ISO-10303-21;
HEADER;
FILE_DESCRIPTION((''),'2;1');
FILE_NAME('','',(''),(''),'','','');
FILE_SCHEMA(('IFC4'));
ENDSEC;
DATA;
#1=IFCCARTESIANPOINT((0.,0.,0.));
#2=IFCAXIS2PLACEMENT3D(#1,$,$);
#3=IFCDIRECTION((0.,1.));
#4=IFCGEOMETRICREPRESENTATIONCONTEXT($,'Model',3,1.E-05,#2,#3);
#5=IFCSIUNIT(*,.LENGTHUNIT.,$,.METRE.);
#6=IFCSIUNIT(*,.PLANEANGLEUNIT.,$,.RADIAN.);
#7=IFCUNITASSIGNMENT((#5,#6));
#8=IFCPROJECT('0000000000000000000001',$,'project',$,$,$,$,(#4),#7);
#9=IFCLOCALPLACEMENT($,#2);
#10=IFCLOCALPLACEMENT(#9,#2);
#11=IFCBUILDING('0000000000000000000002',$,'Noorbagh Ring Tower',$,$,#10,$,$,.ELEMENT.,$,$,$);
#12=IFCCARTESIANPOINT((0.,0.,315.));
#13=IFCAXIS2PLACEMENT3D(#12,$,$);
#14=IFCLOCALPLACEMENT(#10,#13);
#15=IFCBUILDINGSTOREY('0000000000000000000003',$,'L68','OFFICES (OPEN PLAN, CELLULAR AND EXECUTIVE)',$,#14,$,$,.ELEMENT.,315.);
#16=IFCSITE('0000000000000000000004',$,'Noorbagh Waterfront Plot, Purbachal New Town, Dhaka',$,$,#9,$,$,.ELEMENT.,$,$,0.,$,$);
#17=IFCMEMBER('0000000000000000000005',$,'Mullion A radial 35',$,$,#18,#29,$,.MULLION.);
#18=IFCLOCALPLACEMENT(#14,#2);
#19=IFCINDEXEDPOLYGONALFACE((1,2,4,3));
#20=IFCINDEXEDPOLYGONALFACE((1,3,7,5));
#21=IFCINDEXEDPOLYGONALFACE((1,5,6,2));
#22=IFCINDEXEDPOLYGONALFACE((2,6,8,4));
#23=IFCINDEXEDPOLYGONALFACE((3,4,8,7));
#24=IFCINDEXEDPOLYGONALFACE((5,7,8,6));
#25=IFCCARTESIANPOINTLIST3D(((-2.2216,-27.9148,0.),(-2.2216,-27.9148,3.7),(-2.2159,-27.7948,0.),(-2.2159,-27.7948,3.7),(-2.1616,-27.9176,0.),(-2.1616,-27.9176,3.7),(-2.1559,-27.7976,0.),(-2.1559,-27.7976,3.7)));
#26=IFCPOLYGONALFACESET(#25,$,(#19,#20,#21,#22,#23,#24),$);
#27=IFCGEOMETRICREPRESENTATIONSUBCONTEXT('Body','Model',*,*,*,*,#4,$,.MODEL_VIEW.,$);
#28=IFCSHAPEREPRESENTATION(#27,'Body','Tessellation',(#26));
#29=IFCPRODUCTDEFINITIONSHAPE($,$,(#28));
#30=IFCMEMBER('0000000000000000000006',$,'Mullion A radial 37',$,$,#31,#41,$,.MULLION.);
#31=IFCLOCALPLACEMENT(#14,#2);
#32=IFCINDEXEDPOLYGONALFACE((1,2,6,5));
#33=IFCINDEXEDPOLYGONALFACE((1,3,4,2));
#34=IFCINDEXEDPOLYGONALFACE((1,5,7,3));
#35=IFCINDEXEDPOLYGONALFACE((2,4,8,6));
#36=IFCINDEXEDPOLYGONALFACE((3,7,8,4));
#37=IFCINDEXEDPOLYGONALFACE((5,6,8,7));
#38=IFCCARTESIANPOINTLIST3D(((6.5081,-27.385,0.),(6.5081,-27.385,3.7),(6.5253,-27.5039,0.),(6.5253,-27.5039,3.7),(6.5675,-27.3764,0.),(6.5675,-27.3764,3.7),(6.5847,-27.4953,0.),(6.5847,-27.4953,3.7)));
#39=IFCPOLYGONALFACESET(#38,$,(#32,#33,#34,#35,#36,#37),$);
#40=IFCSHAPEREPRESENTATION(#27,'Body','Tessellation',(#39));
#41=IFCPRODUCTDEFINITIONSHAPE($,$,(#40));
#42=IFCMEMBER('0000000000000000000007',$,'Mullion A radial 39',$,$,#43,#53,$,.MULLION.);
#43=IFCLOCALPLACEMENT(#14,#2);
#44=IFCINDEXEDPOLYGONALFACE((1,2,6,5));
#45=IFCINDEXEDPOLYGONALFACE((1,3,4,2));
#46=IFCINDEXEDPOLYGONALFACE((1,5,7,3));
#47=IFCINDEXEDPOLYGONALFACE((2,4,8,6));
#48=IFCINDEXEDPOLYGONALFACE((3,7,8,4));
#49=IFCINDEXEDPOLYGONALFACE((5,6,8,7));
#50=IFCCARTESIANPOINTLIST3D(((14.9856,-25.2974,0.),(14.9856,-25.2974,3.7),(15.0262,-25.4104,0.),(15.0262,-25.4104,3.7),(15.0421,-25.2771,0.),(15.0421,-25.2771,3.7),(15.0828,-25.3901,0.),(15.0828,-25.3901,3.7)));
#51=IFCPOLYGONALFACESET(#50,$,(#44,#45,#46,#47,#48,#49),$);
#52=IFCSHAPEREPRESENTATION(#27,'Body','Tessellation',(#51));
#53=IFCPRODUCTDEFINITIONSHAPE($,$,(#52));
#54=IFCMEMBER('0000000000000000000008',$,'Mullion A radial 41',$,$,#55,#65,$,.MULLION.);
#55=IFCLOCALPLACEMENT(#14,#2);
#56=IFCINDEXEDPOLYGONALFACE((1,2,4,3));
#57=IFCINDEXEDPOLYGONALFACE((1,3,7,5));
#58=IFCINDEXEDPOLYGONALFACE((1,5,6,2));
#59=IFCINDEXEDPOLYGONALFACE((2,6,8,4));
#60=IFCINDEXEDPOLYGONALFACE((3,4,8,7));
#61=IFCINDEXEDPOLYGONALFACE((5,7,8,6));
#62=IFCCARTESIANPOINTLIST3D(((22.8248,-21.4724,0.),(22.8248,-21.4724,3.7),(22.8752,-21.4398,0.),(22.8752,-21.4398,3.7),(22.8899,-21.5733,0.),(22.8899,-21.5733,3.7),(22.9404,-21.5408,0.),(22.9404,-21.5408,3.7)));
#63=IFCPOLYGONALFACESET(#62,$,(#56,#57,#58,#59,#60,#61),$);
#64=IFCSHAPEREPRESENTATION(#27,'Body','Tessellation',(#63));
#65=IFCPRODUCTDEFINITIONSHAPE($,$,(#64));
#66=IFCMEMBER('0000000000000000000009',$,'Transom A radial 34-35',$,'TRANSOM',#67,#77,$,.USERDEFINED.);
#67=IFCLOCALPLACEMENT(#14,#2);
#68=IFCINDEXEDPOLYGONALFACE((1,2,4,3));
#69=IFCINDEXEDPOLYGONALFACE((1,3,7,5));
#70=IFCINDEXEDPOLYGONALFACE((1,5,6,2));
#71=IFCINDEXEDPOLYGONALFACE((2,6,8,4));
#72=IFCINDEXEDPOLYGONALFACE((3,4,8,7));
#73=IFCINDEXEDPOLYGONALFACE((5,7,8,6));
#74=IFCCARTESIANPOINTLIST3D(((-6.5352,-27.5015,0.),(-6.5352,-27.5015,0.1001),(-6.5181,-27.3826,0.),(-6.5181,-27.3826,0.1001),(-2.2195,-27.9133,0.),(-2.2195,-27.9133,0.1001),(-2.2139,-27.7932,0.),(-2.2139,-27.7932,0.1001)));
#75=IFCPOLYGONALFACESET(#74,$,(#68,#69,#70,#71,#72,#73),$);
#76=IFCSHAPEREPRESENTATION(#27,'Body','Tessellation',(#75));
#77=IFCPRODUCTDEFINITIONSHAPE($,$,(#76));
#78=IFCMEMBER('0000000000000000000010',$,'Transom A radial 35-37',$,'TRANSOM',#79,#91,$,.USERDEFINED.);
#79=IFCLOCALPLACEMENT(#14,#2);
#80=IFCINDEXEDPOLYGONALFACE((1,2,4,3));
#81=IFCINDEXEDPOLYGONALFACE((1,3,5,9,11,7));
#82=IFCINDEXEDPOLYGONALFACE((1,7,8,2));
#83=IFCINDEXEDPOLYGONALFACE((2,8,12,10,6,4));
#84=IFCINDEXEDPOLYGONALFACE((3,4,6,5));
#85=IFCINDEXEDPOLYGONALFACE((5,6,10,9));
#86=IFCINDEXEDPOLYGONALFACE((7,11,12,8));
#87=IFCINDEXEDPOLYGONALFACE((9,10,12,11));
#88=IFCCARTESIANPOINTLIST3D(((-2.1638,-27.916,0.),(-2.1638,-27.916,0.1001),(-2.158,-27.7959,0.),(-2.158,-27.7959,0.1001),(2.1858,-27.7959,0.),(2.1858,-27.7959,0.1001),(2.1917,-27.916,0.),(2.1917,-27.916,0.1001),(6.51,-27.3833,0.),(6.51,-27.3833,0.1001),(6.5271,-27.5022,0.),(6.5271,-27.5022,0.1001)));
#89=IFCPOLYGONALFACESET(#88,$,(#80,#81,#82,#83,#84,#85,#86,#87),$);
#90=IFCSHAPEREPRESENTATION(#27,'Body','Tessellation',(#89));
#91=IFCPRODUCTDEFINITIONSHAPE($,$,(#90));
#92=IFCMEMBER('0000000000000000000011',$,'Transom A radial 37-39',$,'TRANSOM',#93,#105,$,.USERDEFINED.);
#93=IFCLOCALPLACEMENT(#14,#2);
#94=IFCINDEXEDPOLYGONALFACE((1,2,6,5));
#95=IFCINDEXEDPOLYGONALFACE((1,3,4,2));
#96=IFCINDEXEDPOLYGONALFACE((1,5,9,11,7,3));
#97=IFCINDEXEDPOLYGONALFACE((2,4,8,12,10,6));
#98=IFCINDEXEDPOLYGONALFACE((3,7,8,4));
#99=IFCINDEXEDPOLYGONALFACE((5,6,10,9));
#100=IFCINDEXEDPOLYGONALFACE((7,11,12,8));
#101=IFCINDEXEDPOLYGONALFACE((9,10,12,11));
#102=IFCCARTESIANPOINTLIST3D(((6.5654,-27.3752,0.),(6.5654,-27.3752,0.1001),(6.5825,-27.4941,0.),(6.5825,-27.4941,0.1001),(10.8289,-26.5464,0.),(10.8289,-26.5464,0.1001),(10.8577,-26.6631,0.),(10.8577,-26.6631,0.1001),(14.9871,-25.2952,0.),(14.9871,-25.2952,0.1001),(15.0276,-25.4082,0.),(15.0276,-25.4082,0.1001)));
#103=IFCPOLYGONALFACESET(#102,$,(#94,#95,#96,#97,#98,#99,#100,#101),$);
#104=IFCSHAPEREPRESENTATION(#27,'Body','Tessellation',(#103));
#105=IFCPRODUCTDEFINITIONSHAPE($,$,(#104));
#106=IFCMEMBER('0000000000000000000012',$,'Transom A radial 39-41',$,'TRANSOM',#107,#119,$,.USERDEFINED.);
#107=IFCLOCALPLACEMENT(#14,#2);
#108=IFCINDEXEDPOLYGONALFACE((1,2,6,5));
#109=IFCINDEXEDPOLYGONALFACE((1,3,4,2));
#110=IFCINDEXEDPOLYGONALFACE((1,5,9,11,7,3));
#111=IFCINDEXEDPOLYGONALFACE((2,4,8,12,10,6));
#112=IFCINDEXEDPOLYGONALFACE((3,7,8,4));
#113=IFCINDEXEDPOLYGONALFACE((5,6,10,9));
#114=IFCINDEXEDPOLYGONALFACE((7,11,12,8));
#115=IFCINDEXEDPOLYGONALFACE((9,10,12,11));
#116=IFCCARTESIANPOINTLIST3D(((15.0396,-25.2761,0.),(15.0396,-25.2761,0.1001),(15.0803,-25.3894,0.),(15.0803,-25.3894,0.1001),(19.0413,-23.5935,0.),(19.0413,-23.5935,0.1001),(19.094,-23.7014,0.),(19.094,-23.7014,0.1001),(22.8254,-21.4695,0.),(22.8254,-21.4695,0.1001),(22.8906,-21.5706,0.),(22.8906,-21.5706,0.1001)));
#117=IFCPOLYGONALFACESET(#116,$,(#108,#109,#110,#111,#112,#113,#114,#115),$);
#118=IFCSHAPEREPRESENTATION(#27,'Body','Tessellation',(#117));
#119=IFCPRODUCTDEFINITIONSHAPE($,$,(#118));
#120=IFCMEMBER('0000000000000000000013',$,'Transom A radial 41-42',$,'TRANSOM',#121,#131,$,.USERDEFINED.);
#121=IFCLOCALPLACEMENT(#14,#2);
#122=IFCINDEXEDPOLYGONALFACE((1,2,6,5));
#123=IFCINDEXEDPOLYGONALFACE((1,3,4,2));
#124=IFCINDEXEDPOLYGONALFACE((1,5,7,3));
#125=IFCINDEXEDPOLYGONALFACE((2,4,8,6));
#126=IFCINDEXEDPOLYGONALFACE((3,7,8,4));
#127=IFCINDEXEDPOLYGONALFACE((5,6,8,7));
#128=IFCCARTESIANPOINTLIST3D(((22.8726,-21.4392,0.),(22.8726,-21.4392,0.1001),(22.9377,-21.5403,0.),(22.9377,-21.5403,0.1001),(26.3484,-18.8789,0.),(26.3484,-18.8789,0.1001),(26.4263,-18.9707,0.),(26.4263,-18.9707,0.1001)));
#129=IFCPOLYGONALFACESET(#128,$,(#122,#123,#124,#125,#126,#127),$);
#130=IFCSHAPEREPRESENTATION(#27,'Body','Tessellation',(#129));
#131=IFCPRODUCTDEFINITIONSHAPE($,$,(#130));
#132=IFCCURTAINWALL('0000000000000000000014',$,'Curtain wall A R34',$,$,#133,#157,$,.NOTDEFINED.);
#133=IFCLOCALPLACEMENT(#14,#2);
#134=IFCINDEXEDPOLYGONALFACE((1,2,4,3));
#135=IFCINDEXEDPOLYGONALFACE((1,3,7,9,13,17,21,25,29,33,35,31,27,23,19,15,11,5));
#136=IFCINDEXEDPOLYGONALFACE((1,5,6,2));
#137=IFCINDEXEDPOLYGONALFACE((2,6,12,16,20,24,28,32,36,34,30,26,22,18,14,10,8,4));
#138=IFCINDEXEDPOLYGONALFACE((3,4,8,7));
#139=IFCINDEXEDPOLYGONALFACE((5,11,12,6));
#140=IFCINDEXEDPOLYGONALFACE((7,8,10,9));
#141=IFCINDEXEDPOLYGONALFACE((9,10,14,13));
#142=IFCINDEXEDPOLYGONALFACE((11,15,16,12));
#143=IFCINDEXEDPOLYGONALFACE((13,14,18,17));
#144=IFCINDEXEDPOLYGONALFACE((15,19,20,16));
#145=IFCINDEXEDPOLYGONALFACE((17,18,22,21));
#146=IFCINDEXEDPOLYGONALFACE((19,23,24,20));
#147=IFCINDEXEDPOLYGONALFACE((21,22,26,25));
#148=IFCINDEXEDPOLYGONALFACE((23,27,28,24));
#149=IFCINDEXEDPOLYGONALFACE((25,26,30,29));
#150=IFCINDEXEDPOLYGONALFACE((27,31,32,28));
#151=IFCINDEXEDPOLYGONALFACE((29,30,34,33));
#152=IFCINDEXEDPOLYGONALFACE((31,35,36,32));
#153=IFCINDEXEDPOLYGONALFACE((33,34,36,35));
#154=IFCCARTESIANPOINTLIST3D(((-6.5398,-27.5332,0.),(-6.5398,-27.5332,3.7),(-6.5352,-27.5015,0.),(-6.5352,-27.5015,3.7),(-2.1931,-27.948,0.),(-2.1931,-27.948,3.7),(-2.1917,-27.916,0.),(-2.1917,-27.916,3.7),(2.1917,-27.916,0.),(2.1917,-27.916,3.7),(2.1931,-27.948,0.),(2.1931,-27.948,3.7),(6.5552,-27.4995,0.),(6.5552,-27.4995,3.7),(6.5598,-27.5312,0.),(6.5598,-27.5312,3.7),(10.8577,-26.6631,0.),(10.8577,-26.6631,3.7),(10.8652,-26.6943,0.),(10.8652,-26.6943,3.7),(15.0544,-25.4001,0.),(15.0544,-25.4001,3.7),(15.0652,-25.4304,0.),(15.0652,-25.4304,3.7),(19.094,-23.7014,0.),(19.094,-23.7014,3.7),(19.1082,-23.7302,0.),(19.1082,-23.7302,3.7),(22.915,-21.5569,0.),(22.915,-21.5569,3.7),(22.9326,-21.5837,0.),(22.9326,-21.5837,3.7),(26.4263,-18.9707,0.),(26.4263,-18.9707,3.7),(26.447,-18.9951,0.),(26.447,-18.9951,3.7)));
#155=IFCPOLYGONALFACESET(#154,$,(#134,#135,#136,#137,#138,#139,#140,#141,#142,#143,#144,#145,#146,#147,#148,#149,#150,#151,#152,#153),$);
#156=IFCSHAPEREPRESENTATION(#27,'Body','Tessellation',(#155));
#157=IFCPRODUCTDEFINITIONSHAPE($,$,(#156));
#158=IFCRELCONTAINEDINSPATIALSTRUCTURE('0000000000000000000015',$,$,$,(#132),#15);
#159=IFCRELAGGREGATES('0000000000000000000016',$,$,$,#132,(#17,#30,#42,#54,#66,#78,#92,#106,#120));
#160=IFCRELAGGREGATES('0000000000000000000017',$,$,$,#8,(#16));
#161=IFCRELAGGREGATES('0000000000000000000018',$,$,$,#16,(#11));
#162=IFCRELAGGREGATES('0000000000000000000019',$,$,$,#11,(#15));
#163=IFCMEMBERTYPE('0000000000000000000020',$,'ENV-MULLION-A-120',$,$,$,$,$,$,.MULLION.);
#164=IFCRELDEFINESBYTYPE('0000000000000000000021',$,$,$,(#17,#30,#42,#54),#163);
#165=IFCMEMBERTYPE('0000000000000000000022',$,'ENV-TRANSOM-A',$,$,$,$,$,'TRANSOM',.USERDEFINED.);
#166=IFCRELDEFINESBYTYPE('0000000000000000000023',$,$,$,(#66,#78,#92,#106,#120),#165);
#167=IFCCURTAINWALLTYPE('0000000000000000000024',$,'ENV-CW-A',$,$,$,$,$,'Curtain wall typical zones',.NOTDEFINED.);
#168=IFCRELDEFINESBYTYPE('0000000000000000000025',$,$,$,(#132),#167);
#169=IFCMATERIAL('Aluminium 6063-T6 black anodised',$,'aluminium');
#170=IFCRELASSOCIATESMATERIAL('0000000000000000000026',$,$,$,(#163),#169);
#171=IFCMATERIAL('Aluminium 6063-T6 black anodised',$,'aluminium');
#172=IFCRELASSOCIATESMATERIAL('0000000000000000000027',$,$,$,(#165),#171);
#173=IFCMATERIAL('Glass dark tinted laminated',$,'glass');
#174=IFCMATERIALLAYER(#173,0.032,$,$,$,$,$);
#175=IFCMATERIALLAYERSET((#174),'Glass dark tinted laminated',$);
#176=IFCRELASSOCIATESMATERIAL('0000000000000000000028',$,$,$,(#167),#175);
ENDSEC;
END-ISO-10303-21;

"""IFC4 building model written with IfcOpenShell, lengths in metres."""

from ifc_helpers import new_model, si_unit, direction, frame, origin, origin_2d, place, context, subcontext, project, spatial, polyline, rectangle, outline, extrude, material, layer, layer_set, material_profile, profile_set, type_object, element, aggregate, save


model = new_model("IFC4")

# Units and contexts
model_context = context("Model", 3, precision=1e-05, world=origin(), true_north=direction((0.0, 1.0)))
body_context = subcontext(model_context, "Body", "Model", "MODEL_VIEW")
ifc_project = project(units=[si_unit("LENGTHUNIT", "METRE"), si_unit("PLANEANGLEUNIT", "RADIAN")], contexts=[model_context])

# Members
ifc_material_1 = material(Name="Aluminium 6063-T6 black anodised", Category="aluminium")
ifc_material_profile_1 = material_profile(ifc_material_1, rectangle(XDim=0.1201, YDim=0.0601, at=origin_2d()), Name="120x60")
ifc_profile_set_1 = profile_set([ifc_material_profile_1], Name="Aluminium 6063-T6 black anodised")
member_type_1 = type_object("IfcMemberType", Name="ENV-MULLION-A-120", PredefinedType="MULLION", material=ifc_profile_set_1)
site_placement = place(None, origin())
building_placement = place(site_placement, origin())
storey_placement = place(building_placement, frame((0.0, 0.0, 315.0)))
member_1_placement = place(storey_placement, frame((-2.1887, -27.8562, 0.0), z_axis=(0.0, 0.0, 1.0), x_axis=(0.047558, 0.998868, 0.0)))
member_1 = element("IfcMember", 1, at=member_1_placement, type_object=member_type_1, Name="Mullion A radial 35", PredefinedType="MULLION", context=body_context, shape_type="SweptSolid", body=[
    extrude(rectangle(XDim=0.1201, YDim=0.0601, at=origin_2d()), origin(), (0.0, 0.0, 1.0), 3.7),
])
member_2_placement = place(storey_placement, frame((6.5464, -27.4402, 0.0), z_axis=(0.0, 0.0, 1.0), x_axis=(-0.143082, 0.989711, 0.0)))
member_2 = element("IfcMember", 2, at=member_2_placement, type_object=member_type_1, Name="Mullion A radial 37", PredefinedType="MULLION", context=body_context, shape_type="SweptSolid", body=[
    extrude(rectangle(XDim=0.1201, YDim=0.0601, at=origin_2d()), origin(), (0.0, 0.0, 1.0), 3.7),
])
member_3_placement = place(storey_placement, frame((15.0342, -25.3438, 0.0), z_axis=(0.0, 0.0, 1.0), x_axis=(-0.338379, 0.94101, 0.0)))
member_3 = element("IfcMember", 3, at=member_3_placement, type_object=member_type_1, Name="Mullion A radial 39", PredefinedType="MULLION", context=body_context, shape_type="SweptSolid", body=[
    extrude(rectangle(XDim=0.1201, YDim=0.0601, at=origin_2d()), origin(), (0.0, 0.0, 1.0), 3.7),
])
member_4_placement = place(storey_placement, frame((22.8826, -21.5066, 0.0), z_axis=(0.0, 0.0, 1.0), x_axis=(-0.542279, 0.840198, 0.0)))
member_4 = element("IfcMember", 4, at=member_4_placement, type_object=member_type_1, Name="Mullion A radial 41", PredefinedType="MULLION", context=body_context, shape_type="SweptSolid", body=[
    extrude(rectangle(XDim=0.1201, YDim=0.0601, at=origin_2d()), origin(), (0.0, 0.0, 1.0), 3.7),
])
ifc_material_2 = material(Name="Aluminium 6063-T6 black anodised", Category="aluminium")
member_type_2 = type_object("IfcMemberType", Name="ENV-TRANSOM-A", ElementType="TRANSOM", PredefinedType="USERDEFINED", material=ifc_material_2)
member_5_placement = place(storey_placement, origin())
member_5 = element("IfcMember", 5, at=member_5_placement, type_object=member_type_2, Name="Transom A radial 34-35", ObjectType="TRANSOM", PredefinedType="USERDEFINED", context=body_context, shape_type="SweptSolid", body=[
    extrude(outline(polyline([(-6.5352, -27.5015), (-2.2195, -27.9133), (-2.2139, -27.7932), (-6.5181, -27.3826), (-6.5352, -27.5015)])), origin(), (0.0, 0.0, 1.0), 0.1001),
])
member_6_placement = place(storey_placement, origin())
member_6 = element("IfcMember", 6, at=member_6_placement, type_object=member_type_2, Name="Transom A radial 35-37", ObjectType="TRANSOM", PredefinedType="USERDEFINED", context=body_context, shape_type="SweptSolid", body=[
    extrude(outline(polyline([(-2.1638, -27.916), (2.1917, -27.916), (6.5271, -27.5022), (6.51, -27.3833), (2.1858, -27.7959), (-2.158, -27.7959), (-2.1638, -27.916)])), origin(), (0.0, 0.0, 1.0), 0.1001),
])
member_7_placement = place(storey_placement, origin())
member_7 = element("IfcMember", 7, at=member_7_placement, type_object=member_type_2, Name="Transom A radial 37-39", ObjectType="TRANSOM", PredefinedType="USERDEFINED", context=body_context, shape_type="SweptSolid", body=[
    extrude(outline(polyline([(6.5825, -27.4941), (10.8577, -26.6631), (15.0276, -25.4082), (14.9871, -25.2952), (10.8289, -26.5464), (6.5654, -27.3752), (6.5825, -27.4941)])), origin(), (0.0, 0.0, 1.0), 0.1001),
])
member_8_placement = place(storey_placement, origin())
member_8 = element("IfcMember", 8, at=member_8_placement, type_object=member_type_2, Name="Transom A radial 39-41", ObjectType="TRANSOM", PredefinedType="USERDEFINED", context=body_context, shape_type="SweptSolid", body=[
    extrude(outline(polyline([(15.0803, -25.3894), (19.094, -23.7014), (22.8906, -21.5706), (22.8254, -21.4695), (19.0413, -23.5935), (15.0396, -25.2761), (15.0803, -25.3894)])), origin(), (0.0, 0.0, 1.0), 0.1001),
])
member_9_placement = place(storey_placement, origin())
member_9 = element("IfcMember", 9, at=member_9_placement, type_object=member_type_2, Name="Transom A radial 41-42", ObjectType="TRANSOM", PredefinedType="USERDEFINED", context=body_context, shape_type="SweptSolid", body=[
    extrude(outline(polyline([(22.9377, -21.5403), (26.4263, -18.9707), (26.3484, -18.8789), (22.8726, -21.4392), (22.9377, -21.5403)])), origin(), (0.0, 0.0, 1.0), 0.1001),
])

# Site, building, storey
site = spatial("IfcSite", under=ifc_project, at=site_placement, Name="Noorbagh Waterfront Plot, Purbachal New Town, Dhaka", CompositionType="ELEMENT", RefElevation=0.0)
building = spatial("IfcBuilding", under=site, at=building_placement, Name="Noorbagh Ring Tower", CompositionType="ELEMENT")
storey = spatial("IfcBuildingStorey", under=building, at=storey_placement, Name="L68", Description="OFFICES (OPEN PLAN, CELLULAR AND EXECUTIVE)", CompositionType="ELEMENT", Elevation=315.0)

# Curtain wall
ifc_material_3 = material(Name="Glass dark tinted laminated", Category="glass")
ifc_layer_1 = layer(ifc_material_3, 0.032)
ifc_layer_set_1 = layer_set([ifc_layer_1], Name="Glass dark tinted laminated")
curtain_wall_type_1 = type_object("IfcCurtainWallType", Name="ENV-CW-A", ElementType="Curtain wall typical zones", PredefinedType="NOTDEFINED", material=ifc_layer_set_1)
curtain_wall_1_placement = place(storey_placement, origin())
curtain_wall_1 = element("IfcCurtainWall", 10, at=curtain_wall_1_placement, inside=storey, type_object=curtain_wall_type_1, Name="Curtain wall A R34", PredefinedType="NOTDEFINED", context=body_context, shape_type="SweptSolid", body=[
    extrude(outline(polyline([(-6.5398, -27.5332), (-2.1931, -27.948), (2.1931, -27.948), (6.5598, -27.5312), (10.8652, -26.6943), (15.0652, -25.4304), (19.1082, -23.7302), (22.9326, -21.5837), (26.447, -18.9951), (26.4263, -18.9707), (22.915, -21.5569), (19.094, -23.7014), (15.0544, -25.4001), (10.8577, -26.6631), (6.5552, -27.4995), (2.1917, -27.916), (-2.1917, -27.916), (-6.5352, -27.5015), (-6.5398, -27.5332)])), origin(), (0.0, 0.0, 1.0), 3.7),
])
aggregate(curtain_wall_1, [member_1, member_2, member_3, member_4, member_5, member_6, member_7, member_8, member_9])

save(model, "model.ifc")
